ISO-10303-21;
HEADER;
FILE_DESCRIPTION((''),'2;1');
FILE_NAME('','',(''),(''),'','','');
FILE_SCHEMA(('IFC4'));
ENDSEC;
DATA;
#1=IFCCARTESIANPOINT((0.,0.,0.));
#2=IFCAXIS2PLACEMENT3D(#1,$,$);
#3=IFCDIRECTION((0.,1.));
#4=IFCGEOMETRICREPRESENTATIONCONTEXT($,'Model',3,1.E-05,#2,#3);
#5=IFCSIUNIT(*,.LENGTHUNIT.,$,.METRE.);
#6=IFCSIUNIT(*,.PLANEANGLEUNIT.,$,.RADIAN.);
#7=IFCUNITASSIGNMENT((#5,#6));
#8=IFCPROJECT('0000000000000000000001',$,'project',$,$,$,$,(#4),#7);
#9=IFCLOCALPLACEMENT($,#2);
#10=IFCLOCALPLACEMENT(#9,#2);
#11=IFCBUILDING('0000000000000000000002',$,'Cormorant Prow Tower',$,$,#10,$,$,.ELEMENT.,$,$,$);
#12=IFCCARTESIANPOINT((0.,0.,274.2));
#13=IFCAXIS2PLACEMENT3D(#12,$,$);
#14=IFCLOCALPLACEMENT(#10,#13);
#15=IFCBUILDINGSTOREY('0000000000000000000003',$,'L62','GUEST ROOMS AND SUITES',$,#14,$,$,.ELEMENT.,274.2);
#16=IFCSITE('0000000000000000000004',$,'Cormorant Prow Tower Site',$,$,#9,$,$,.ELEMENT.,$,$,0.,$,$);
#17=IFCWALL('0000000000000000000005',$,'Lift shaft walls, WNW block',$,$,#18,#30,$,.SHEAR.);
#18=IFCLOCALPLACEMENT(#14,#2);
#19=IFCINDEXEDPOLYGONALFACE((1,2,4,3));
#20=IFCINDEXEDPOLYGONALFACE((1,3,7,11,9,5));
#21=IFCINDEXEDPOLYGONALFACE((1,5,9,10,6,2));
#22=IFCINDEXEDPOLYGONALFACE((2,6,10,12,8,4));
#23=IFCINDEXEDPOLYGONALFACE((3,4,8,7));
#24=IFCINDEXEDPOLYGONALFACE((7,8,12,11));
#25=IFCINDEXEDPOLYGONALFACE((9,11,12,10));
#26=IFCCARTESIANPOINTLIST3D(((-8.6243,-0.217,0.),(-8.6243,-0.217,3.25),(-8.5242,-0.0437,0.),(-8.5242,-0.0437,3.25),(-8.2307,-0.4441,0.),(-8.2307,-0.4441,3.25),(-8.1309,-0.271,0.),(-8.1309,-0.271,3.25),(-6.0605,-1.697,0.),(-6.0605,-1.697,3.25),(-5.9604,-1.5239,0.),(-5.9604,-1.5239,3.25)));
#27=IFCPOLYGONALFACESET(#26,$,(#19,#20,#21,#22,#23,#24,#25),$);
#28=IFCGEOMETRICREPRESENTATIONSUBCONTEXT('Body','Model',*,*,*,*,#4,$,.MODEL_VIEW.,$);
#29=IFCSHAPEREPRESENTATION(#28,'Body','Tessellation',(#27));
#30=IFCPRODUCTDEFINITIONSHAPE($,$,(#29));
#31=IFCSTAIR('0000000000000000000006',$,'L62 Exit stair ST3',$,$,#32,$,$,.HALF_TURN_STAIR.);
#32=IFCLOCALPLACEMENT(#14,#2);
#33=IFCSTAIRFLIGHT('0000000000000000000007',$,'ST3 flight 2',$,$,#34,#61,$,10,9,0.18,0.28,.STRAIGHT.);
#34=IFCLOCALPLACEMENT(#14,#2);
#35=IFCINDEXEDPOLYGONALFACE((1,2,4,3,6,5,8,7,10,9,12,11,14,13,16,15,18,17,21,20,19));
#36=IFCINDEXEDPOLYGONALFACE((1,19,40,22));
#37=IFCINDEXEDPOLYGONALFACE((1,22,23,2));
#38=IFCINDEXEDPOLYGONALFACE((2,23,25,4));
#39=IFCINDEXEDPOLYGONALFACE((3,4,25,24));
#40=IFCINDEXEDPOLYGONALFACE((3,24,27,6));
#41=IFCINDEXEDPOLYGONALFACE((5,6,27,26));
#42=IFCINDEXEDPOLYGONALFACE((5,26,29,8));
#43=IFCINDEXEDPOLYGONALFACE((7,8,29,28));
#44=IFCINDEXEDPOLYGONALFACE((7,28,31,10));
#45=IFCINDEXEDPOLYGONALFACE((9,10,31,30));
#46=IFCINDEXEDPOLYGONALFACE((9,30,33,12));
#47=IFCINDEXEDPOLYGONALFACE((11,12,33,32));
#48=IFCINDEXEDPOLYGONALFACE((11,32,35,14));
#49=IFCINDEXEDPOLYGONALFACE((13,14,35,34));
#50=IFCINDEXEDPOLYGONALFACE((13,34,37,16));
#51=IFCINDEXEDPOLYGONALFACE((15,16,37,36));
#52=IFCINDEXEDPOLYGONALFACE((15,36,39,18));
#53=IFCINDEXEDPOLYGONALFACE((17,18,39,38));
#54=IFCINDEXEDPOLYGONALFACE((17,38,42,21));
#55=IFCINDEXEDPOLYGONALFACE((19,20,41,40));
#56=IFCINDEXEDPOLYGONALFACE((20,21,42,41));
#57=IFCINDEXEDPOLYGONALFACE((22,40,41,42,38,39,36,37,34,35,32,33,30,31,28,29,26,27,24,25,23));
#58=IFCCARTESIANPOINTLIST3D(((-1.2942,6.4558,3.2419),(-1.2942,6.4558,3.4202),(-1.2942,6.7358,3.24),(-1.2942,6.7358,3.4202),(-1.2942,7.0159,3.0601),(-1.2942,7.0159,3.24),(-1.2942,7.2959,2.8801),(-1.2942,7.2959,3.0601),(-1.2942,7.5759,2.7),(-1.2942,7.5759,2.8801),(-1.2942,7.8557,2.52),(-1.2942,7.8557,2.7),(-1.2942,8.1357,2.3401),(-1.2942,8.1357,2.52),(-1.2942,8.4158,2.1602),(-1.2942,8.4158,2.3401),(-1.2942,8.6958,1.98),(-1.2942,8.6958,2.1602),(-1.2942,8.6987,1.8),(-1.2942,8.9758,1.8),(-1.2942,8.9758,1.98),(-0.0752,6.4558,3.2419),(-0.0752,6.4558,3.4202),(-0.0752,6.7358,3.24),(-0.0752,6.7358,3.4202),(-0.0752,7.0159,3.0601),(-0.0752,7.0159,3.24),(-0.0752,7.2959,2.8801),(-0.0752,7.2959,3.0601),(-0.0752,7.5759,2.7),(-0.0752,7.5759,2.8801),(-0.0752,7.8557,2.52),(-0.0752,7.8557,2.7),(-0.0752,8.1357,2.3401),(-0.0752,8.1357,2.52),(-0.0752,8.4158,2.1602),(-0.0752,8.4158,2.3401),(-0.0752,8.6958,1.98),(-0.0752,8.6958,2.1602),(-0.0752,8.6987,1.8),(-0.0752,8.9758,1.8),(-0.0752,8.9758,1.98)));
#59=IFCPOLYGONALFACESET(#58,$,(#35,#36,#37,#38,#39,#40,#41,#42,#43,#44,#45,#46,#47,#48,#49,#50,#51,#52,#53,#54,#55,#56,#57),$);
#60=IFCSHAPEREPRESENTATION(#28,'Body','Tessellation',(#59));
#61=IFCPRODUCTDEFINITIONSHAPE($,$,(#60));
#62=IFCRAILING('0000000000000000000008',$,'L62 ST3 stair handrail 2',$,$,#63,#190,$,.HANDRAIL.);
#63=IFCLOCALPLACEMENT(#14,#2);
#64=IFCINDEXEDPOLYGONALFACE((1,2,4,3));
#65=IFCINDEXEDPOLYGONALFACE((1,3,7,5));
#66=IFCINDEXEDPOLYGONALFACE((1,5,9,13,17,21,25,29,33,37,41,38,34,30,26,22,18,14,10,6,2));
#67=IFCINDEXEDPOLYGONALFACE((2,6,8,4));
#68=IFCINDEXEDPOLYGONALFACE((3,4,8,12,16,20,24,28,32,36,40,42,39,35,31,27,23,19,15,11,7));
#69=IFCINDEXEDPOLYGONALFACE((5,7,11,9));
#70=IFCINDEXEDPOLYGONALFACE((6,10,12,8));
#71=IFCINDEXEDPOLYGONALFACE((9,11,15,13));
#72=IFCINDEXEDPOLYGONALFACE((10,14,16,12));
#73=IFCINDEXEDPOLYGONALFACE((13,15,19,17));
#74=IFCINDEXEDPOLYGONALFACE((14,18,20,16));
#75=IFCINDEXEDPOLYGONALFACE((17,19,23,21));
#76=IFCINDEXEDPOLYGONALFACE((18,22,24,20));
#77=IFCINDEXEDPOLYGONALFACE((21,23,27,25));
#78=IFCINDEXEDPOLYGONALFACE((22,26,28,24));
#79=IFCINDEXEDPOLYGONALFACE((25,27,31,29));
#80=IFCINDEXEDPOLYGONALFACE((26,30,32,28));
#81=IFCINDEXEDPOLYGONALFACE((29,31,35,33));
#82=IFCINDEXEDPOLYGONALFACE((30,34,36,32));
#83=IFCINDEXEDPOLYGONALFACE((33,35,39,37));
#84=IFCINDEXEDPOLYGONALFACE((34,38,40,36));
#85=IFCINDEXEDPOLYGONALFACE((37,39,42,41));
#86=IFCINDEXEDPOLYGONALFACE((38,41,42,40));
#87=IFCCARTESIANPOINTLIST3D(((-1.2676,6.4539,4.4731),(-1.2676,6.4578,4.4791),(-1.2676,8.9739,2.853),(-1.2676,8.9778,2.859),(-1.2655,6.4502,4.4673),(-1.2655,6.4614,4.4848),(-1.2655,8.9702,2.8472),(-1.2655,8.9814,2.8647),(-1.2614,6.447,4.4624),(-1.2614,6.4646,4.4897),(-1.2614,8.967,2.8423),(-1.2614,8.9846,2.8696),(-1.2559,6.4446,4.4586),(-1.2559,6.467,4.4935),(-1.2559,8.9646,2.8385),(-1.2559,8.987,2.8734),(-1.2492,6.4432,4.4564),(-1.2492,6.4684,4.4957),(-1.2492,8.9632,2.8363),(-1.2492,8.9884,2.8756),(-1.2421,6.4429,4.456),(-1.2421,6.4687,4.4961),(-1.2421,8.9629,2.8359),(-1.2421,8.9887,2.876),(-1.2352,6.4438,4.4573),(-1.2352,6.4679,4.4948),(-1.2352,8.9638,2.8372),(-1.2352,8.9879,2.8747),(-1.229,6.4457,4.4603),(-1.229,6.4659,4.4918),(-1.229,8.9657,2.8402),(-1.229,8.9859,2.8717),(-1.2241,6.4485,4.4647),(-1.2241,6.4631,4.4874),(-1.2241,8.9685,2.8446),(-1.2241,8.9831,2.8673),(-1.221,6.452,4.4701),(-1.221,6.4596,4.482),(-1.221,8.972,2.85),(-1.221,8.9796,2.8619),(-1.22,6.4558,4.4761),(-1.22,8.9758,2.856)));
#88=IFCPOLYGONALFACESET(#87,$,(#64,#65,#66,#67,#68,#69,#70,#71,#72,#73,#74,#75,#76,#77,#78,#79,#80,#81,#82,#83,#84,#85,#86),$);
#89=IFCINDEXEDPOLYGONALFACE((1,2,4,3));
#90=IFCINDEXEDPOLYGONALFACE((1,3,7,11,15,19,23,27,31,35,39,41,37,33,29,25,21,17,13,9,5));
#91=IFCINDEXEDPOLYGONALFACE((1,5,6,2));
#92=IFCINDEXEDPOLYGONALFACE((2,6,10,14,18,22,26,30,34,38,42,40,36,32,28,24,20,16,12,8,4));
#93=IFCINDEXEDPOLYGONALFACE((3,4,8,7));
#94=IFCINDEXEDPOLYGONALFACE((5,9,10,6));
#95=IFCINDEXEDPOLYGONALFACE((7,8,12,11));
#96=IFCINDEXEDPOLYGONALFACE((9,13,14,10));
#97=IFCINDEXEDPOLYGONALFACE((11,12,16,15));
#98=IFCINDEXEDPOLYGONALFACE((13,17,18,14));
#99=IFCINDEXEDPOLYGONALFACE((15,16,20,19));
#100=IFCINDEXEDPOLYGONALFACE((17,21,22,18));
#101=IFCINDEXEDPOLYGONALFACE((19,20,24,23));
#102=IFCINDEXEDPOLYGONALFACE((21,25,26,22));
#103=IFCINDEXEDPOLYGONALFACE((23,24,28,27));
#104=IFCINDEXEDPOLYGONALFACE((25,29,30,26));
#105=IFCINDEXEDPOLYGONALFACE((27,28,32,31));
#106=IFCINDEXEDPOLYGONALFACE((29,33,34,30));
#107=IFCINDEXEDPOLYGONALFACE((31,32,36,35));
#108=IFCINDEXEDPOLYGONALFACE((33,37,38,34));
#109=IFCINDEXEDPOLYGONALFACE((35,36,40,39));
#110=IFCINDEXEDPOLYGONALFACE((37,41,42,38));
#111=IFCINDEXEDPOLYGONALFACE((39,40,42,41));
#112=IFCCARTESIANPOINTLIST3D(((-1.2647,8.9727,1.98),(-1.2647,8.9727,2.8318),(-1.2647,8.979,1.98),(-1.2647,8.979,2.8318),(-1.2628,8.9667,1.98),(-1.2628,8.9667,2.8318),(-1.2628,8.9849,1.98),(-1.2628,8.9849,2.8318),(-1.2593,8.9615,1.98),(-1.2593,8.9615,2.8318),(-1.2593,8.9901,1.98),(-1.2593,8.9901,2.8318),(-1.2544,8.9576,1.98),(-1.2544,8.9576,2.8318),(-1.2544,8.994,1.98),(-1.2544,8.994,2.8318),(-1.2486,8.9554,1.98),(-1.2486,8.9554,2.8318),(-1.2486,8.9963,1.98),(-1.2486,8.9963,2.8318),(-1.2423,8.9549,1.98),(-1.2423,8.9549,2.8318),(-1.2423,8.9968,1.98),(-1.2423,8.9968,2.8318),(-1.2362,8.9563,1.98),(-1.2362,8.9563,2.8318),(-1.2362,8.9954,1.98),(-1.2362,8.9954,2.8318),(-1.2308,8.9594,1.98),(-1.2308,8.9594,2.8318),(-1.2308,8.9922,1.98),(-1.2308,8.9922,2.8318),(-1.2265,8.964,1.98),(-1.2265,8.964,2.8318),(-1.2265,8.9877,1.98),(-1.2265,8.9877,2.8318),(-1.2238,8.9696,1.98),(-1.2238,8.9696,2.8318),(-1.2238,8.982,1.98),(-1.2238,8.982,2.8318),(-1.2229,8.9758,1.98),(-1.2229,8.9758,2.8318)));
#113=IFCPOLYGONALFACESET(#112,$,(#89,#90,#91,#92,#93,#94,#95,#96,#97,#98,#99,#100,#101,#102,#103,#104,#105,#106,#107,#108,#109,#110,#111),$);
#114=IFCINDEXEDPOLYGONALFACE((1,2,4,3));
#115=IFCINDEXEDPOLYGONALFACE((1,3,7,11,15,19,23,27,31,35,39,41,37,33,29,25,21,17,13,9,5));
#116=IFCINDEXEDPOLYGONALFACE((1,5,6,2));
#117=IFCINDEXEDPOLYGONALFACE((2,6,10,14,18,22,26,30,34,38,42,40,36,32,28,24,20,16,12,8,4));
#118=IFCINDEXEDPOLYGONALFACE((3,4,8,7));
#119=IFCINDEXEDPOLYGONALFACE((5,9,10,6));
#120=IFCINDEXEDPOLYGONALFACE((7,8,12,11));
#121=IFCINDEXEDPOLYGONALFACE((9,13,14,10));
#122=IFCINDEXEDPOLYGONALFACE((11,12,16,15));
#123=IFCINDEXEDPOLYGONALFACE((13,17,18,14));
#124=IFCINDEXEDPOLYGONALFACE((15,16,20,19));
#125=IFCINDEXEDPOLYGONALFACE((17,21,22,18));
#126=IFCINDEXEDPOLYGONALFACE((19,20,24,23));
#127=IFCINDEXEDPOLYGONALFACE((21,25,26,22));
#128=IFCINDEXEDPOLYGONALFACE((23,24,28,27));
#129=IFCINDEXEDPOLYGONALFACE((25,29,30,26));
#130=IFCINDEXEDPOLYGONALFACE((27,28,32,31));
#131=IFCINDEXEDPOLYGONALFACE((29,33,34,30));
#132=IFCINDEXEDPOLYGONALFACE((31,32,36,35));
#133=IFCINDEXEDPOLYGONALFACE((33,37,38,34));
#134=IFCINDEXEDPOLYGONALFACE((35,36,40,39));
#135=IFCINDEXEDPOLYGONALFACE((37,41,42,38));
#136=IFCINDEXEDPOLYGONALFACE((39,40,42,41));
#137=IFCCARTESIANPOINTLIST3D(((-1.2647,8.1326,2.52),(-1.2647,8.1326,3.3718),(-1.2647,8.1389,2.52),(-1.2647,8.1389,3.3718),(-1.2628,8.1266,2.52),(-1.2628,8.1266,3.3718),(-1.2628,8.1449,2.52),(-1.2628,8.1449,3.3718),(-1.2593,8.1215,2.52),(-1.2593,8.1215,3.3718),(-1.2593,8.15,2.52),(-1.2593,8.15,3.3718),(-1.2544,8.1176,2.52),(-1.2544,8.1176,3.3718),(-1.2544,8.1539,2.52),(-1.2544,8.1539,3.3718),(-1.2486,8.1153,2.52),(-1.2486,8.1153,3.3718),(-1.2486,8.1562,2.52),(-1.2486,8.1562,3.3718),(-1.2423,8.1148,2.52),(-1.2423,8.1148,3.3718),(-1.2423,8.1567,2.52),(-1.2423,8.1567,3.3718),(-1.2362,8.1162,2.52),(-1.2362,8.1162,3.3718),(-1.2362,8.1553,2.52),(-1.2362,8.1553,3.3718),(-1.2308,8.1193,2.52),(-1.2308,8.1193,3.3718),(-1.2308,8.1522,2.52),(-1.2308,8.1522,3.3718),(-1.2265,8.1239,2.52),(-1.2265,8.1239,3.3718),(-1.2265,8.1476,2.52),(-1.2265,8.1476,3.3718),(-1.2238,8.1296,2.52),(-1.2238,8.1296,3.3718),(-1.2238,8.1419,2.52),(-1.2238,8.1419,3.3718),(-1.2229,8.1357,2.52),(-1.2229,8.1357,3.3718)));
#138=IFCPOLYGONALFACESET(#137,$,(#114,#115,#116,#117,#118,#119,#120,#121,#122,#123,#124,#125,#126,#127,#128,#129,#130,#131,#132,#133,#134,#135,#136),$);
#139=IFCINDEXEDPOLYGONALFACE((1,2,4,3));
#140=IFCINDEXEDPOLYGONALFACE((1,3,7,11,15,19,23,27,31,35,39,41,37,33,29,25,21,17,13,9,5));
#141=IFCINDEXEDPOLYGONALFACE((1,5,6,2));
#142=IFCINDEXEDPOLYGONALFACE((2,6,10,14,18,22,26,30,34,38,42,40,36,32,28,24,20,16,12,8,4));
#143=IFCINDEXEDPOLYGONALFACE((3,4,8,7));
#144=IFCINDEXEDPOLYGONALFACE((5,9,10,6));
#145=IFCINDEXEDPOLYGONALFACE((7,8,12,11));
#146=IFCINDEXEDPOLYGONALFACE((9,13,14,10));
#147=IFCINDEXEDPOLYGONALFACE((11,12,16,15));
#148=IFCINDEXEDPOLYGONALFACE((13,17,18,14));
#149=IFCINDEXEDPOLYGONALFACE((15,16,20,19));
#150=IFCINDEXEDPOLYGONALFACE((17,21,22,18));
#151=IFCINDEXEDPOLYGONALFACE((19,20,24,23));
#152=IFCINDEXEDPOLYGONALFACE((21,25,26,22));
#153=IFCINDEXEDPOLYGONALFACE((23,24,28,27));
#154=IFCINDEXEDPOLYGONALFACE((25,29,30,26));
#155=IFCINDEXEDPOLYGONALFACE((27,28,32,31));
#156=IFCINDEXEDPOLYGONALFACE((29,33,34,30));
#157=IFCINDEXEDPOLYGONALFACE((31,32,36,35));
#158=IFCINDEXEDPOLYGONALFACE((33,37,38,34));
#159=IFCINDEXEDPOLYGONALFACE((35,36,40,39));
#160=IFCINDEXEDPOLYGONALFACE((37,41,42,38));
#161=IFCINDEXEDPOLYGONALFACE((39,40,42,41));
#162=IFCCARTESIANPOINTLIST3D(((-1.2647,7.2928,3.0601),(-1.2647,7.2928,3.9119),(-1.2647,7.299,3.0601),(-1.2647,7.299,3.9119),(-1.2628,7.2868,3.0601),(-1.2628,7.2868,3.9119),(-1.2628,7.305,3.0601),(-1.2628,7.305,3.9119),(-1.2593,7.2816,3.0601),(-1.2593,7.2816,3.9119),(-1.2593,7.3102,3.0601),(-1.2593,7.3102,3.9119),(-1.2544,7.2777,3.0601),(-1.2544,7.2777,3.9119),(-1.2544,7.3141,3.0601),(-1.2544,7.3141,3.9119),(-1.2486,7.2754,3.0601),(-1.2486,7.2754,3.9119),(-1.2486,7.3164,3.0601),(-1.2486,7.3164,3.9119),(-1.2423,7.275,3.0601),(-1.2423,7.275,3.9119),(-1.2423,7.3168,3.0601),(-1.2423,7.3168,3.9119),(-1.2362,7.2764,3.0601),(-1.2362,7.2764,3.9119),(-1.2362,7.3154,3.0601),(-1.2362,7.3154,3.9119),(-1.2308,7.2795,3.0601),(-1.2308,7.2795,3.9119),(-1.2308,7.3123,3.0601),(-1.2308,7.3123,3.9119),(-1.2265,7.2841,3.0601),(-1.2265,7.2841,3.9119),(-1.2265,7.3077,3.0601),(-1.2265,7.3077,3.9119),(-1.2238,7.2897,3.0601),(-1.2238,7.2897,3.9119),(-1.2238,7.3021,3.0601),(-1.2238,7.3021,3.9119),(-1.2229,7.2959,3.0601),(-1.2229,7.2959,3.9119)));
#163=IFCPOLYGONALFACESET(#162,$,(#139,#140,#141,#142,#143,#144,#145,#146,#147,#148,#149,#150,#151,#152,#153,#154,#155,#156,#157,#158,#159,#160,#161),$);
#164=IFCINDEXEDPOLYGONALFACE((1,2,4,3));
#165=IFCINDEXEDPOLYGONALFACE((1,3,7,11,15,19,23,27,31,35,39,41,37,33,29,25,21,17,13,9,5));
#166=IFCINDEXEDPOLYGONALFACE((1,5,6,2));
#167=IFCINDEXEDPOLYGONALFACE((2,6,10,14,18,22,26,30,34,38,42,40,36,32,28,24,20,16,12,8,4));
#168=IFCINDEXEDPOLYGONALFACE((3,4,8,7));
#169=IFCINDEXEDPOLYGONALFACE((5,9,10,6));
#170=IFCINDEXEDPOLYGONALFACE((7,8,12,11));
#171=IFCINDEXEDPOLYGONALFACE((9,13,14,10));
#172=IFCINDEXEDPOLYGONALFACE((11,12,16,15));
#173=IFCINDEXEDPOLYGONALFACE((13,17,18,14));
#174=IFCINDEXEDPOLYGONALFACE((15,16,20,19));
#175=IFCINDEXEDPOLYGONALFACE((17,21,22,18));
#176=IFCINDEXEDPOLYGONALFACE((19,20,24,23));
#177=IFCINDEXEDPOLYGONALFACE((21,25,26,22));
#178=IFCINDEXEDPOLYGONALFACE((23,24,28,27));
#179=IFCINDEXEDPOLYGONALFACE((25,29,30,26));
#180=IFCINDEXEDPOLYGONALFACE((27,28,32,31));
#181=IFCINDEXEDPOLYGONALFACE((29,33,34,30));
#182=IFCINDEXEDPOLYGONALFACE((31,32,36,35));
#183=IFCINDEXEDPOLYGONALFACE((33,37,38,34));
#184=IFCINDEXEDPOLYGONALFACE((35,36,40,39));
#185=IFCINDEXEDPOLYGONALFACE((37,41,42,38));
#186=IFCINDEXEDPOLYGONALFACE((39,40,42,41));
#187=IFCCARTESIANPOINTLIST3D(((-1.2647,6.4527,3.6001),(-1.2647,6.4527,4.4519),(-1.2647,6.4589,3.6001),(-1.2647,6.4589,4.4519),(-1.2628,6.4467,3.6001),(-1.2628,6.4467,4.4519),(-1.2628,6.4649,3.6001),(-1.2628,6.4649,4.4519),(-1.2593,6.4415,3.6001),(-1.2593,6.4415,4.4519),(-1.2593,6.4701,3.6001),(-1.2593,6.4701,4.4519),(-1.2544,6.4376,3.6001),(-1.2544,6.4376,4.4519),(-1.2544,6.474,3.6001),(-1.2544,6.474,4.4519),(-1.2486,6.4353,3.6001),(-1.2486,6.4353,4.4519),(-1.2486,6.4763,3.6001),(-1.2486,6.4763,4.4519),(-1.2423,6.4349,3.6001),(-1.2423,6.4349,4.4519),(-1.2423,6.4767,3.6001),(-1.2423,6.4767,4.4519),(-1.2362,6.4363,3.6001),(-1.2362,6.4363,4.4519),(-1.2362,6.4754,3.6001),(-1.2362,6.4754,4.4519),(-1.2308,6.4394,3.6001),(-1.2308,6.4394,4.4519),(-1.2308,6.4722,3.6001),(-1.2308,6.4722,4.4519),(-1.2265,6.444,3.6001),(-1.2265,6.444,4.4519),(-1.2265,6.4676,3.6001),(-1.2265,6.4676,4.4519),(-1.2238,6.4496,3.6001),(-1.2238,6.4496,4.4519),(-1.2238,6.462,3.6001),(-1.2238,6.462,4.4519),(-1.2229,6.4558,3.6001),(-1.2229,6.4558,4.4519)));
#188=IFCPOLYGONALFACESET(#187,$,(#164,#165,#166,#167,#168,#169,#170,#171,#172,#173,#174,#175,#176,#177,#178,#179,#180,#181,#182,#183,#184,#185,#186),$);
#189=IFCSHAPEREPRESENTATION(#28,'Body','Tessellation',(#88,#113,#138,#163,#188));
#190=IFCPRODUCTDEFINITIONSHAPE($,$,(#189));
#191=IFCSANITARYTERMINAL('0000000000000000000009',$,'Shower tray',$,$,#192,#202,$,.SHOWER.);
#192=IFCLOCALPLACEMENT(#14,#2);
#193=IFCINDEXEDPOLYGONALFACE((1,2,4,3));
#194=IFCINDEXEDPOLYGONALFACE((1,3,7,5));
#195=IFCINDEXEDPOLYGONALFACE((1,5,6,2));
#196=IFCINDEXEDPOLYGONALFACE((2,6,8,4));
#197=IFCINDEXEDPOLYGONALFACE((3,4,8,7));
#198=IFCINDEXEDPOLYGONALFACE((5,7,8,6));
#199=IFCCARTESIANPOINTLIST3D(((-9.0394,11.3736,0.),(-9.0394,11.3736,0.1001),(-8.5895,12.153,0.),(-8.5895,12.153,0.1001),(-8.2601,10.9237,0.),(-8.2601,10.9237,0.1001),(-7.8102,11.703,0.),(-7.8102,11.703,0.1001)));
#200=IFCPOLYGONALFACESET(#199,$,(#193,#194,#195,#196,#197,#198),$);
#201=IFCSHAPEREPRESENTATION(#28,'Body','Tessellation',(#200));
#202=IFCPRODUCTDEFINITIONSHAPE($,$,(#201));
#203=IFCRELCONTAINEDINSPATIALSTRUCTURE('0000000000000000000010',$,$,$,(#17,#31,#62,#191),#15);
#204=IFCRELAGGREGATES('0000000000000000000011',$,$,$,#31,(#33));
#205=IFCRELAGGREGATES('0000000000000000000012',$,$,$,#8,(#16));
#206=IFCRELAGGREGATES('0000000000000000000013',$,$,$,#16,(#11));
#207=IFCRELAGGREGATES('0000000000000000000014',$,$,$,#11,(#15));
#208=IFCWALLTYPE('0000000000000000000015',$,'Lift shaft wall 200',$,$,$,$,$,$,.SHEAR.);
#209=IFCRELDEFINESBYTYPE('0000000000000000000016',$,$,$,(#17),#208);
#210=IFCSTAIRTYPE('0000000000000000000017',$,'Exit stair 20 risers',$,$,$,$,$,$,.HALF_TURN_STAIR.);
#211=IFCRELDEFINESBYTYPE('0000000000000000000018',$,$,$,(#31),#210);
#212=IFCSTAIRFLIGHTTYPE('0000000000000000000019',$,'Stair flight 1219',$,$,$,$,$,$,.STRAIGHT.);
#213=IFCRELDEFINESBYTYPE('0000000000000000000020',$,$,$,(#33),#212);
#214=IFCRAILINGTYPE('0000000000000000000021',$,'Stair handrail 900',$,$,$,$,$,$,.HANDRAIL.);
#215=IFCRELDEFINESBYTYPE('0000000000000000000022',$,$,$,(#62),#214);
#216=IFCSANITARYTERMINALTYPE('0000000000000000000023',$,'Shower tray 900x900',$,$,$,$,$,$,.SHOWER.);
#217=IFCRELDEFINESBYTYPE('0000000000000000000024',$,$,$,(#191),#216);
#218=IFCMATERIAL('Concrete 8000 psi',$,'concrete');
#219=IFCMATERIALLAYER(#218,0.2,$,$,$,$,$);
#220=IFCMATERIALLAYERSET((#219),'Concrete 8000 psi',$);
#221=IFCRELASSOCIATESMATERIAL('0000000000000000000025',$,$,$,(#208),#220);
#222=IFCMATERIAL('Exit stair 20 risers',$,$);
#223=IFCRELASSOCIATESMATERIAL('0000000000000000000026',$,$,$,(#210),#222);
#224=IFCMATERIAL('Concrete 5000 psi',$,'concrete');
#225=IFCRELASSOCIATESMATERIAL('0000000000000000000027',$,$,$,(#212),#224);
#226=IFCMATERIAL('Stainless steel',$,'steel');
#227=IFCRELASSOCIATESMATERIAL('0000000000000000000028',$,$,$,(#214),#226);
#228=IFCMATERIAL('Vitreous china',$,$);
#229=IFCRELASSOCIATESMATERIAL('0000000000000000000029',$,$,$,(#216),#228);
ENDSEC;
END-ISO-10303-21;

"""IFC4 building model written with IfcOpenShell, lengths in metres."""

from ifc_helpers import new_model, si_unit, direction, frame, origin, origin_2d, place, context, subcontext, project, spatial, polyline, rectangle, circle, outline, extrude, material, layer, layer_set, type_object, element, aggregate, save


model = new_model("IFC4")

# Units and contexts
model_context = context("Model", 3, precision=1e-05, world=origin(), true_north=direction((0.0, 1.0)))
body_context = subcontext(model_context, "Body", "Model", "MODEL_VIEW")
ifc_project = project(units=[si_unit("LENGTHUNIT", "METRE"), si_unit("PLANEANGLEUNIT", "RADIAN")], contexts=[model_context])

# Site, building, storey
site_placement = place(None, origin())
site = spatial("IfcSite", under=ifc_project, at=site_placement, Name="Cormorant Prow Tower Site", CompositionType="ELEMENT", RefElevation=0.0)
building_placement = place(site_placement, origin())
building = spatial("IfcBuilding", under=site, at=building_placement, Name="Cormorant Prow Tower", CompositionType="ELEMENT")
storey_placement = place(building_placement, frame((0.0, 0.0, 274.2)))
storey = spatial("IfcBuildingStorey", under=building, at=storey_placement, Name="L62", Description="GUEST ROOMS AND SUITES", CompositionType="ELEMENT", Elevation=274.2)

# Wall
ifc_material_1 = material(Name="Concrete 8000 psi", Category="concrete")
ifc_layer_1 = layer(ifc_material_1, 0.2)
ifc_layer_set_1 = layer_set([ifc_layer_1], Name="Concrete 8000 psi")
wall_type_1 = type_object("IfcWallType", Name="Lift shaft wall 200", PredefinedType="SHEAR", material=ifc_layer_set_1)
wall_1_placement = place(storey_placement, origin())
element("IfcWall", 1, at=wall_1_placement, inside=storey, type_object=wall_type_1, Name="Lift shaft walls, WNW block", PredefinedType="SHEAR", context=body_context, shape_type="SweptSolid", body=[
    extrude(outline(polyline([(-8.5242, -0.0437), (-8.1309, -0.271), (-5.9604, -1.5239), (-6.0605, -1.697), (-8.2307, -0.4441), (-8.6243, -0.217), (-8.5242, -0.0437)])), origin(), (0.0, 0.0, 1.0), 3.25),
])

# Stair, stair flight
ifc_material_2 = material(Name="Exit stair 20 risers")
stair_type = type_object("IfcStairType", Name="Exit stair 20 risers", PredefinedType="HALF_TURN_STAIR", material=ifc_material_2)
stair_placement = place(storey_placement, origin())
stair = element("IfcStair", 2, at=stair_placement, inside=storey, type_object=stair_type, Name="L62 Exit stair ST3", PredefinedType="HALF_TURN_STAIR")
ifc_material_3 = material(Name="Concrete 5000 psi", Category="concrete")
stair_flight_type = type_object("IfcStairFlightType", Name="Stair flight 1219", PredefinedType="STRAIGHT", material=ifc_material_3)
stair_flight_placement = place(storey_placement, frame((-0.6846, 8.9758, 1.8), z_axis=(0.0, 0.0, 1.0), x_axis=(0.0, -1.0, 0.0)))
stair_flight = element("IfcStairFlight", 3, at=stair_flight_placement, type_object=stair_flight_type, Name="ST3 flight 2", NumberOfRisers=10, NumberOfTreads=9, PredefinedType="STRAIGHT", RiserHeight=0.18, TreadLength=0.28, context=body_context, shape_type="SweptSolid", body=[
    extrude(outline(polyline([(0.0, 0.0), (0.0, 0.1799), (0.28, 0.1799), (0.28, 0.3601), (0.5601, 0.3601), (0.5601, 0.54), (0.8401, 0.54), (0.8401, 0.72), (1.1201, 0.72), (1.1201, 0.8999), (1.3999, 0.8999), (1.3999, 1.0801), (1.6799, 1.0801), (1.6799, 1.26), (1.96, 1.26), (1.96, 1.4399), (2.24, 1.4399), (2.24, 1.6201), (2.52, 1.6201), (2.52, 1.8), (2.52, 1.4419), (0.2771, 0.0), (0.0, 0.0)])), frame((0.0, 0.6094, 0.0), z_axis=(0.0, -1.0, 0.0), x_axis=(1.0, 0.0, 0.0)), (0.0, 0.0, 1.0), 1.219),
])
aggregate(stair, [stair_flight])

# Railing
ifc_material_4 = material(Name="Stainless steel", Category="steel")
railing_type = type_object("IfcRailingType", Name="Stair handrail 900", PredefinedType="HANDRAIL", material=ifc_material_4)
railing_placement = place(storey_placement, frame((-1.2439, 8.9758, 1.98)))
element("IfcRailing", 4, at=railing_placement, inside=storey, type_object=railing_type, Name="L62 ST3 stair handrail 2", PredefinedType="HANDRAIL", context=body_context, shape_type="SweptSolid", body=[
    extrude(circle(Radius=0.0239, at=origin_2d()), frame((0.0, 0.0, 0.876), z_axis=(0.0, -0.841163, 0.540782), x_axis=(1.0, 0.0, 0.0)), (0.0, 0.0, 1.0), 2.9958),
    extrude(circle(Radius=0.021, at=origin_2d()), origin(), (0.0, 0.0, 1.0), 0.8518),
    extrude(circle(Radius=0.021, at=origin_2d()), frame((0.0, -0.8401, 0.54)), (0.0, 0.0, 1.0), 0.8518),
    extrude(circle(Radius=0.021, at=origin_2d()), frame((0.0, -1.6799, 1.0801)), (0.0, 0.0, 1.0), 0.8518),
    extrude(circle(Radius=0.021, at=origin_2d()), frame((0.0, -2.52, 1.6201)), (0.0, 0.0, 1.0), 0.8518),
])

# Sanitary terminal
ifc_material_5 = material(Name="Vitreous china")
sanitary_terminal_type_1 = type_object("IfcSanitaryTerminalType", Name="Shower tray 900x900", PredefinedType="SHOWER", material=ifc_material_5)
for number, where, z_axis, x_axis, name in (
    (5, (-8.4248, 11.5383, 0.0), (0.0, 0.0, 1.0), (0.5, 0.866025, 0.0), "Shower tray"),
):
    element("IfcSanitaryTerminal", number, at=place(storey_placement, frame(where, z_axis=z_axis, x_axis=x_axis)), inside=storey, type_object=sanitary_terminal_type_1, Name=name, PredefinedType="SHOWER", context=body_context, shape_type="SweptSolid", body=[
        extrude(rectangle(XDim=0.8999, YDim=0.8999, at=origin_2d()), origin(), (0.0, 0.0, 1.0), 0.1001),
    ])

save(model, "model.ifc")
